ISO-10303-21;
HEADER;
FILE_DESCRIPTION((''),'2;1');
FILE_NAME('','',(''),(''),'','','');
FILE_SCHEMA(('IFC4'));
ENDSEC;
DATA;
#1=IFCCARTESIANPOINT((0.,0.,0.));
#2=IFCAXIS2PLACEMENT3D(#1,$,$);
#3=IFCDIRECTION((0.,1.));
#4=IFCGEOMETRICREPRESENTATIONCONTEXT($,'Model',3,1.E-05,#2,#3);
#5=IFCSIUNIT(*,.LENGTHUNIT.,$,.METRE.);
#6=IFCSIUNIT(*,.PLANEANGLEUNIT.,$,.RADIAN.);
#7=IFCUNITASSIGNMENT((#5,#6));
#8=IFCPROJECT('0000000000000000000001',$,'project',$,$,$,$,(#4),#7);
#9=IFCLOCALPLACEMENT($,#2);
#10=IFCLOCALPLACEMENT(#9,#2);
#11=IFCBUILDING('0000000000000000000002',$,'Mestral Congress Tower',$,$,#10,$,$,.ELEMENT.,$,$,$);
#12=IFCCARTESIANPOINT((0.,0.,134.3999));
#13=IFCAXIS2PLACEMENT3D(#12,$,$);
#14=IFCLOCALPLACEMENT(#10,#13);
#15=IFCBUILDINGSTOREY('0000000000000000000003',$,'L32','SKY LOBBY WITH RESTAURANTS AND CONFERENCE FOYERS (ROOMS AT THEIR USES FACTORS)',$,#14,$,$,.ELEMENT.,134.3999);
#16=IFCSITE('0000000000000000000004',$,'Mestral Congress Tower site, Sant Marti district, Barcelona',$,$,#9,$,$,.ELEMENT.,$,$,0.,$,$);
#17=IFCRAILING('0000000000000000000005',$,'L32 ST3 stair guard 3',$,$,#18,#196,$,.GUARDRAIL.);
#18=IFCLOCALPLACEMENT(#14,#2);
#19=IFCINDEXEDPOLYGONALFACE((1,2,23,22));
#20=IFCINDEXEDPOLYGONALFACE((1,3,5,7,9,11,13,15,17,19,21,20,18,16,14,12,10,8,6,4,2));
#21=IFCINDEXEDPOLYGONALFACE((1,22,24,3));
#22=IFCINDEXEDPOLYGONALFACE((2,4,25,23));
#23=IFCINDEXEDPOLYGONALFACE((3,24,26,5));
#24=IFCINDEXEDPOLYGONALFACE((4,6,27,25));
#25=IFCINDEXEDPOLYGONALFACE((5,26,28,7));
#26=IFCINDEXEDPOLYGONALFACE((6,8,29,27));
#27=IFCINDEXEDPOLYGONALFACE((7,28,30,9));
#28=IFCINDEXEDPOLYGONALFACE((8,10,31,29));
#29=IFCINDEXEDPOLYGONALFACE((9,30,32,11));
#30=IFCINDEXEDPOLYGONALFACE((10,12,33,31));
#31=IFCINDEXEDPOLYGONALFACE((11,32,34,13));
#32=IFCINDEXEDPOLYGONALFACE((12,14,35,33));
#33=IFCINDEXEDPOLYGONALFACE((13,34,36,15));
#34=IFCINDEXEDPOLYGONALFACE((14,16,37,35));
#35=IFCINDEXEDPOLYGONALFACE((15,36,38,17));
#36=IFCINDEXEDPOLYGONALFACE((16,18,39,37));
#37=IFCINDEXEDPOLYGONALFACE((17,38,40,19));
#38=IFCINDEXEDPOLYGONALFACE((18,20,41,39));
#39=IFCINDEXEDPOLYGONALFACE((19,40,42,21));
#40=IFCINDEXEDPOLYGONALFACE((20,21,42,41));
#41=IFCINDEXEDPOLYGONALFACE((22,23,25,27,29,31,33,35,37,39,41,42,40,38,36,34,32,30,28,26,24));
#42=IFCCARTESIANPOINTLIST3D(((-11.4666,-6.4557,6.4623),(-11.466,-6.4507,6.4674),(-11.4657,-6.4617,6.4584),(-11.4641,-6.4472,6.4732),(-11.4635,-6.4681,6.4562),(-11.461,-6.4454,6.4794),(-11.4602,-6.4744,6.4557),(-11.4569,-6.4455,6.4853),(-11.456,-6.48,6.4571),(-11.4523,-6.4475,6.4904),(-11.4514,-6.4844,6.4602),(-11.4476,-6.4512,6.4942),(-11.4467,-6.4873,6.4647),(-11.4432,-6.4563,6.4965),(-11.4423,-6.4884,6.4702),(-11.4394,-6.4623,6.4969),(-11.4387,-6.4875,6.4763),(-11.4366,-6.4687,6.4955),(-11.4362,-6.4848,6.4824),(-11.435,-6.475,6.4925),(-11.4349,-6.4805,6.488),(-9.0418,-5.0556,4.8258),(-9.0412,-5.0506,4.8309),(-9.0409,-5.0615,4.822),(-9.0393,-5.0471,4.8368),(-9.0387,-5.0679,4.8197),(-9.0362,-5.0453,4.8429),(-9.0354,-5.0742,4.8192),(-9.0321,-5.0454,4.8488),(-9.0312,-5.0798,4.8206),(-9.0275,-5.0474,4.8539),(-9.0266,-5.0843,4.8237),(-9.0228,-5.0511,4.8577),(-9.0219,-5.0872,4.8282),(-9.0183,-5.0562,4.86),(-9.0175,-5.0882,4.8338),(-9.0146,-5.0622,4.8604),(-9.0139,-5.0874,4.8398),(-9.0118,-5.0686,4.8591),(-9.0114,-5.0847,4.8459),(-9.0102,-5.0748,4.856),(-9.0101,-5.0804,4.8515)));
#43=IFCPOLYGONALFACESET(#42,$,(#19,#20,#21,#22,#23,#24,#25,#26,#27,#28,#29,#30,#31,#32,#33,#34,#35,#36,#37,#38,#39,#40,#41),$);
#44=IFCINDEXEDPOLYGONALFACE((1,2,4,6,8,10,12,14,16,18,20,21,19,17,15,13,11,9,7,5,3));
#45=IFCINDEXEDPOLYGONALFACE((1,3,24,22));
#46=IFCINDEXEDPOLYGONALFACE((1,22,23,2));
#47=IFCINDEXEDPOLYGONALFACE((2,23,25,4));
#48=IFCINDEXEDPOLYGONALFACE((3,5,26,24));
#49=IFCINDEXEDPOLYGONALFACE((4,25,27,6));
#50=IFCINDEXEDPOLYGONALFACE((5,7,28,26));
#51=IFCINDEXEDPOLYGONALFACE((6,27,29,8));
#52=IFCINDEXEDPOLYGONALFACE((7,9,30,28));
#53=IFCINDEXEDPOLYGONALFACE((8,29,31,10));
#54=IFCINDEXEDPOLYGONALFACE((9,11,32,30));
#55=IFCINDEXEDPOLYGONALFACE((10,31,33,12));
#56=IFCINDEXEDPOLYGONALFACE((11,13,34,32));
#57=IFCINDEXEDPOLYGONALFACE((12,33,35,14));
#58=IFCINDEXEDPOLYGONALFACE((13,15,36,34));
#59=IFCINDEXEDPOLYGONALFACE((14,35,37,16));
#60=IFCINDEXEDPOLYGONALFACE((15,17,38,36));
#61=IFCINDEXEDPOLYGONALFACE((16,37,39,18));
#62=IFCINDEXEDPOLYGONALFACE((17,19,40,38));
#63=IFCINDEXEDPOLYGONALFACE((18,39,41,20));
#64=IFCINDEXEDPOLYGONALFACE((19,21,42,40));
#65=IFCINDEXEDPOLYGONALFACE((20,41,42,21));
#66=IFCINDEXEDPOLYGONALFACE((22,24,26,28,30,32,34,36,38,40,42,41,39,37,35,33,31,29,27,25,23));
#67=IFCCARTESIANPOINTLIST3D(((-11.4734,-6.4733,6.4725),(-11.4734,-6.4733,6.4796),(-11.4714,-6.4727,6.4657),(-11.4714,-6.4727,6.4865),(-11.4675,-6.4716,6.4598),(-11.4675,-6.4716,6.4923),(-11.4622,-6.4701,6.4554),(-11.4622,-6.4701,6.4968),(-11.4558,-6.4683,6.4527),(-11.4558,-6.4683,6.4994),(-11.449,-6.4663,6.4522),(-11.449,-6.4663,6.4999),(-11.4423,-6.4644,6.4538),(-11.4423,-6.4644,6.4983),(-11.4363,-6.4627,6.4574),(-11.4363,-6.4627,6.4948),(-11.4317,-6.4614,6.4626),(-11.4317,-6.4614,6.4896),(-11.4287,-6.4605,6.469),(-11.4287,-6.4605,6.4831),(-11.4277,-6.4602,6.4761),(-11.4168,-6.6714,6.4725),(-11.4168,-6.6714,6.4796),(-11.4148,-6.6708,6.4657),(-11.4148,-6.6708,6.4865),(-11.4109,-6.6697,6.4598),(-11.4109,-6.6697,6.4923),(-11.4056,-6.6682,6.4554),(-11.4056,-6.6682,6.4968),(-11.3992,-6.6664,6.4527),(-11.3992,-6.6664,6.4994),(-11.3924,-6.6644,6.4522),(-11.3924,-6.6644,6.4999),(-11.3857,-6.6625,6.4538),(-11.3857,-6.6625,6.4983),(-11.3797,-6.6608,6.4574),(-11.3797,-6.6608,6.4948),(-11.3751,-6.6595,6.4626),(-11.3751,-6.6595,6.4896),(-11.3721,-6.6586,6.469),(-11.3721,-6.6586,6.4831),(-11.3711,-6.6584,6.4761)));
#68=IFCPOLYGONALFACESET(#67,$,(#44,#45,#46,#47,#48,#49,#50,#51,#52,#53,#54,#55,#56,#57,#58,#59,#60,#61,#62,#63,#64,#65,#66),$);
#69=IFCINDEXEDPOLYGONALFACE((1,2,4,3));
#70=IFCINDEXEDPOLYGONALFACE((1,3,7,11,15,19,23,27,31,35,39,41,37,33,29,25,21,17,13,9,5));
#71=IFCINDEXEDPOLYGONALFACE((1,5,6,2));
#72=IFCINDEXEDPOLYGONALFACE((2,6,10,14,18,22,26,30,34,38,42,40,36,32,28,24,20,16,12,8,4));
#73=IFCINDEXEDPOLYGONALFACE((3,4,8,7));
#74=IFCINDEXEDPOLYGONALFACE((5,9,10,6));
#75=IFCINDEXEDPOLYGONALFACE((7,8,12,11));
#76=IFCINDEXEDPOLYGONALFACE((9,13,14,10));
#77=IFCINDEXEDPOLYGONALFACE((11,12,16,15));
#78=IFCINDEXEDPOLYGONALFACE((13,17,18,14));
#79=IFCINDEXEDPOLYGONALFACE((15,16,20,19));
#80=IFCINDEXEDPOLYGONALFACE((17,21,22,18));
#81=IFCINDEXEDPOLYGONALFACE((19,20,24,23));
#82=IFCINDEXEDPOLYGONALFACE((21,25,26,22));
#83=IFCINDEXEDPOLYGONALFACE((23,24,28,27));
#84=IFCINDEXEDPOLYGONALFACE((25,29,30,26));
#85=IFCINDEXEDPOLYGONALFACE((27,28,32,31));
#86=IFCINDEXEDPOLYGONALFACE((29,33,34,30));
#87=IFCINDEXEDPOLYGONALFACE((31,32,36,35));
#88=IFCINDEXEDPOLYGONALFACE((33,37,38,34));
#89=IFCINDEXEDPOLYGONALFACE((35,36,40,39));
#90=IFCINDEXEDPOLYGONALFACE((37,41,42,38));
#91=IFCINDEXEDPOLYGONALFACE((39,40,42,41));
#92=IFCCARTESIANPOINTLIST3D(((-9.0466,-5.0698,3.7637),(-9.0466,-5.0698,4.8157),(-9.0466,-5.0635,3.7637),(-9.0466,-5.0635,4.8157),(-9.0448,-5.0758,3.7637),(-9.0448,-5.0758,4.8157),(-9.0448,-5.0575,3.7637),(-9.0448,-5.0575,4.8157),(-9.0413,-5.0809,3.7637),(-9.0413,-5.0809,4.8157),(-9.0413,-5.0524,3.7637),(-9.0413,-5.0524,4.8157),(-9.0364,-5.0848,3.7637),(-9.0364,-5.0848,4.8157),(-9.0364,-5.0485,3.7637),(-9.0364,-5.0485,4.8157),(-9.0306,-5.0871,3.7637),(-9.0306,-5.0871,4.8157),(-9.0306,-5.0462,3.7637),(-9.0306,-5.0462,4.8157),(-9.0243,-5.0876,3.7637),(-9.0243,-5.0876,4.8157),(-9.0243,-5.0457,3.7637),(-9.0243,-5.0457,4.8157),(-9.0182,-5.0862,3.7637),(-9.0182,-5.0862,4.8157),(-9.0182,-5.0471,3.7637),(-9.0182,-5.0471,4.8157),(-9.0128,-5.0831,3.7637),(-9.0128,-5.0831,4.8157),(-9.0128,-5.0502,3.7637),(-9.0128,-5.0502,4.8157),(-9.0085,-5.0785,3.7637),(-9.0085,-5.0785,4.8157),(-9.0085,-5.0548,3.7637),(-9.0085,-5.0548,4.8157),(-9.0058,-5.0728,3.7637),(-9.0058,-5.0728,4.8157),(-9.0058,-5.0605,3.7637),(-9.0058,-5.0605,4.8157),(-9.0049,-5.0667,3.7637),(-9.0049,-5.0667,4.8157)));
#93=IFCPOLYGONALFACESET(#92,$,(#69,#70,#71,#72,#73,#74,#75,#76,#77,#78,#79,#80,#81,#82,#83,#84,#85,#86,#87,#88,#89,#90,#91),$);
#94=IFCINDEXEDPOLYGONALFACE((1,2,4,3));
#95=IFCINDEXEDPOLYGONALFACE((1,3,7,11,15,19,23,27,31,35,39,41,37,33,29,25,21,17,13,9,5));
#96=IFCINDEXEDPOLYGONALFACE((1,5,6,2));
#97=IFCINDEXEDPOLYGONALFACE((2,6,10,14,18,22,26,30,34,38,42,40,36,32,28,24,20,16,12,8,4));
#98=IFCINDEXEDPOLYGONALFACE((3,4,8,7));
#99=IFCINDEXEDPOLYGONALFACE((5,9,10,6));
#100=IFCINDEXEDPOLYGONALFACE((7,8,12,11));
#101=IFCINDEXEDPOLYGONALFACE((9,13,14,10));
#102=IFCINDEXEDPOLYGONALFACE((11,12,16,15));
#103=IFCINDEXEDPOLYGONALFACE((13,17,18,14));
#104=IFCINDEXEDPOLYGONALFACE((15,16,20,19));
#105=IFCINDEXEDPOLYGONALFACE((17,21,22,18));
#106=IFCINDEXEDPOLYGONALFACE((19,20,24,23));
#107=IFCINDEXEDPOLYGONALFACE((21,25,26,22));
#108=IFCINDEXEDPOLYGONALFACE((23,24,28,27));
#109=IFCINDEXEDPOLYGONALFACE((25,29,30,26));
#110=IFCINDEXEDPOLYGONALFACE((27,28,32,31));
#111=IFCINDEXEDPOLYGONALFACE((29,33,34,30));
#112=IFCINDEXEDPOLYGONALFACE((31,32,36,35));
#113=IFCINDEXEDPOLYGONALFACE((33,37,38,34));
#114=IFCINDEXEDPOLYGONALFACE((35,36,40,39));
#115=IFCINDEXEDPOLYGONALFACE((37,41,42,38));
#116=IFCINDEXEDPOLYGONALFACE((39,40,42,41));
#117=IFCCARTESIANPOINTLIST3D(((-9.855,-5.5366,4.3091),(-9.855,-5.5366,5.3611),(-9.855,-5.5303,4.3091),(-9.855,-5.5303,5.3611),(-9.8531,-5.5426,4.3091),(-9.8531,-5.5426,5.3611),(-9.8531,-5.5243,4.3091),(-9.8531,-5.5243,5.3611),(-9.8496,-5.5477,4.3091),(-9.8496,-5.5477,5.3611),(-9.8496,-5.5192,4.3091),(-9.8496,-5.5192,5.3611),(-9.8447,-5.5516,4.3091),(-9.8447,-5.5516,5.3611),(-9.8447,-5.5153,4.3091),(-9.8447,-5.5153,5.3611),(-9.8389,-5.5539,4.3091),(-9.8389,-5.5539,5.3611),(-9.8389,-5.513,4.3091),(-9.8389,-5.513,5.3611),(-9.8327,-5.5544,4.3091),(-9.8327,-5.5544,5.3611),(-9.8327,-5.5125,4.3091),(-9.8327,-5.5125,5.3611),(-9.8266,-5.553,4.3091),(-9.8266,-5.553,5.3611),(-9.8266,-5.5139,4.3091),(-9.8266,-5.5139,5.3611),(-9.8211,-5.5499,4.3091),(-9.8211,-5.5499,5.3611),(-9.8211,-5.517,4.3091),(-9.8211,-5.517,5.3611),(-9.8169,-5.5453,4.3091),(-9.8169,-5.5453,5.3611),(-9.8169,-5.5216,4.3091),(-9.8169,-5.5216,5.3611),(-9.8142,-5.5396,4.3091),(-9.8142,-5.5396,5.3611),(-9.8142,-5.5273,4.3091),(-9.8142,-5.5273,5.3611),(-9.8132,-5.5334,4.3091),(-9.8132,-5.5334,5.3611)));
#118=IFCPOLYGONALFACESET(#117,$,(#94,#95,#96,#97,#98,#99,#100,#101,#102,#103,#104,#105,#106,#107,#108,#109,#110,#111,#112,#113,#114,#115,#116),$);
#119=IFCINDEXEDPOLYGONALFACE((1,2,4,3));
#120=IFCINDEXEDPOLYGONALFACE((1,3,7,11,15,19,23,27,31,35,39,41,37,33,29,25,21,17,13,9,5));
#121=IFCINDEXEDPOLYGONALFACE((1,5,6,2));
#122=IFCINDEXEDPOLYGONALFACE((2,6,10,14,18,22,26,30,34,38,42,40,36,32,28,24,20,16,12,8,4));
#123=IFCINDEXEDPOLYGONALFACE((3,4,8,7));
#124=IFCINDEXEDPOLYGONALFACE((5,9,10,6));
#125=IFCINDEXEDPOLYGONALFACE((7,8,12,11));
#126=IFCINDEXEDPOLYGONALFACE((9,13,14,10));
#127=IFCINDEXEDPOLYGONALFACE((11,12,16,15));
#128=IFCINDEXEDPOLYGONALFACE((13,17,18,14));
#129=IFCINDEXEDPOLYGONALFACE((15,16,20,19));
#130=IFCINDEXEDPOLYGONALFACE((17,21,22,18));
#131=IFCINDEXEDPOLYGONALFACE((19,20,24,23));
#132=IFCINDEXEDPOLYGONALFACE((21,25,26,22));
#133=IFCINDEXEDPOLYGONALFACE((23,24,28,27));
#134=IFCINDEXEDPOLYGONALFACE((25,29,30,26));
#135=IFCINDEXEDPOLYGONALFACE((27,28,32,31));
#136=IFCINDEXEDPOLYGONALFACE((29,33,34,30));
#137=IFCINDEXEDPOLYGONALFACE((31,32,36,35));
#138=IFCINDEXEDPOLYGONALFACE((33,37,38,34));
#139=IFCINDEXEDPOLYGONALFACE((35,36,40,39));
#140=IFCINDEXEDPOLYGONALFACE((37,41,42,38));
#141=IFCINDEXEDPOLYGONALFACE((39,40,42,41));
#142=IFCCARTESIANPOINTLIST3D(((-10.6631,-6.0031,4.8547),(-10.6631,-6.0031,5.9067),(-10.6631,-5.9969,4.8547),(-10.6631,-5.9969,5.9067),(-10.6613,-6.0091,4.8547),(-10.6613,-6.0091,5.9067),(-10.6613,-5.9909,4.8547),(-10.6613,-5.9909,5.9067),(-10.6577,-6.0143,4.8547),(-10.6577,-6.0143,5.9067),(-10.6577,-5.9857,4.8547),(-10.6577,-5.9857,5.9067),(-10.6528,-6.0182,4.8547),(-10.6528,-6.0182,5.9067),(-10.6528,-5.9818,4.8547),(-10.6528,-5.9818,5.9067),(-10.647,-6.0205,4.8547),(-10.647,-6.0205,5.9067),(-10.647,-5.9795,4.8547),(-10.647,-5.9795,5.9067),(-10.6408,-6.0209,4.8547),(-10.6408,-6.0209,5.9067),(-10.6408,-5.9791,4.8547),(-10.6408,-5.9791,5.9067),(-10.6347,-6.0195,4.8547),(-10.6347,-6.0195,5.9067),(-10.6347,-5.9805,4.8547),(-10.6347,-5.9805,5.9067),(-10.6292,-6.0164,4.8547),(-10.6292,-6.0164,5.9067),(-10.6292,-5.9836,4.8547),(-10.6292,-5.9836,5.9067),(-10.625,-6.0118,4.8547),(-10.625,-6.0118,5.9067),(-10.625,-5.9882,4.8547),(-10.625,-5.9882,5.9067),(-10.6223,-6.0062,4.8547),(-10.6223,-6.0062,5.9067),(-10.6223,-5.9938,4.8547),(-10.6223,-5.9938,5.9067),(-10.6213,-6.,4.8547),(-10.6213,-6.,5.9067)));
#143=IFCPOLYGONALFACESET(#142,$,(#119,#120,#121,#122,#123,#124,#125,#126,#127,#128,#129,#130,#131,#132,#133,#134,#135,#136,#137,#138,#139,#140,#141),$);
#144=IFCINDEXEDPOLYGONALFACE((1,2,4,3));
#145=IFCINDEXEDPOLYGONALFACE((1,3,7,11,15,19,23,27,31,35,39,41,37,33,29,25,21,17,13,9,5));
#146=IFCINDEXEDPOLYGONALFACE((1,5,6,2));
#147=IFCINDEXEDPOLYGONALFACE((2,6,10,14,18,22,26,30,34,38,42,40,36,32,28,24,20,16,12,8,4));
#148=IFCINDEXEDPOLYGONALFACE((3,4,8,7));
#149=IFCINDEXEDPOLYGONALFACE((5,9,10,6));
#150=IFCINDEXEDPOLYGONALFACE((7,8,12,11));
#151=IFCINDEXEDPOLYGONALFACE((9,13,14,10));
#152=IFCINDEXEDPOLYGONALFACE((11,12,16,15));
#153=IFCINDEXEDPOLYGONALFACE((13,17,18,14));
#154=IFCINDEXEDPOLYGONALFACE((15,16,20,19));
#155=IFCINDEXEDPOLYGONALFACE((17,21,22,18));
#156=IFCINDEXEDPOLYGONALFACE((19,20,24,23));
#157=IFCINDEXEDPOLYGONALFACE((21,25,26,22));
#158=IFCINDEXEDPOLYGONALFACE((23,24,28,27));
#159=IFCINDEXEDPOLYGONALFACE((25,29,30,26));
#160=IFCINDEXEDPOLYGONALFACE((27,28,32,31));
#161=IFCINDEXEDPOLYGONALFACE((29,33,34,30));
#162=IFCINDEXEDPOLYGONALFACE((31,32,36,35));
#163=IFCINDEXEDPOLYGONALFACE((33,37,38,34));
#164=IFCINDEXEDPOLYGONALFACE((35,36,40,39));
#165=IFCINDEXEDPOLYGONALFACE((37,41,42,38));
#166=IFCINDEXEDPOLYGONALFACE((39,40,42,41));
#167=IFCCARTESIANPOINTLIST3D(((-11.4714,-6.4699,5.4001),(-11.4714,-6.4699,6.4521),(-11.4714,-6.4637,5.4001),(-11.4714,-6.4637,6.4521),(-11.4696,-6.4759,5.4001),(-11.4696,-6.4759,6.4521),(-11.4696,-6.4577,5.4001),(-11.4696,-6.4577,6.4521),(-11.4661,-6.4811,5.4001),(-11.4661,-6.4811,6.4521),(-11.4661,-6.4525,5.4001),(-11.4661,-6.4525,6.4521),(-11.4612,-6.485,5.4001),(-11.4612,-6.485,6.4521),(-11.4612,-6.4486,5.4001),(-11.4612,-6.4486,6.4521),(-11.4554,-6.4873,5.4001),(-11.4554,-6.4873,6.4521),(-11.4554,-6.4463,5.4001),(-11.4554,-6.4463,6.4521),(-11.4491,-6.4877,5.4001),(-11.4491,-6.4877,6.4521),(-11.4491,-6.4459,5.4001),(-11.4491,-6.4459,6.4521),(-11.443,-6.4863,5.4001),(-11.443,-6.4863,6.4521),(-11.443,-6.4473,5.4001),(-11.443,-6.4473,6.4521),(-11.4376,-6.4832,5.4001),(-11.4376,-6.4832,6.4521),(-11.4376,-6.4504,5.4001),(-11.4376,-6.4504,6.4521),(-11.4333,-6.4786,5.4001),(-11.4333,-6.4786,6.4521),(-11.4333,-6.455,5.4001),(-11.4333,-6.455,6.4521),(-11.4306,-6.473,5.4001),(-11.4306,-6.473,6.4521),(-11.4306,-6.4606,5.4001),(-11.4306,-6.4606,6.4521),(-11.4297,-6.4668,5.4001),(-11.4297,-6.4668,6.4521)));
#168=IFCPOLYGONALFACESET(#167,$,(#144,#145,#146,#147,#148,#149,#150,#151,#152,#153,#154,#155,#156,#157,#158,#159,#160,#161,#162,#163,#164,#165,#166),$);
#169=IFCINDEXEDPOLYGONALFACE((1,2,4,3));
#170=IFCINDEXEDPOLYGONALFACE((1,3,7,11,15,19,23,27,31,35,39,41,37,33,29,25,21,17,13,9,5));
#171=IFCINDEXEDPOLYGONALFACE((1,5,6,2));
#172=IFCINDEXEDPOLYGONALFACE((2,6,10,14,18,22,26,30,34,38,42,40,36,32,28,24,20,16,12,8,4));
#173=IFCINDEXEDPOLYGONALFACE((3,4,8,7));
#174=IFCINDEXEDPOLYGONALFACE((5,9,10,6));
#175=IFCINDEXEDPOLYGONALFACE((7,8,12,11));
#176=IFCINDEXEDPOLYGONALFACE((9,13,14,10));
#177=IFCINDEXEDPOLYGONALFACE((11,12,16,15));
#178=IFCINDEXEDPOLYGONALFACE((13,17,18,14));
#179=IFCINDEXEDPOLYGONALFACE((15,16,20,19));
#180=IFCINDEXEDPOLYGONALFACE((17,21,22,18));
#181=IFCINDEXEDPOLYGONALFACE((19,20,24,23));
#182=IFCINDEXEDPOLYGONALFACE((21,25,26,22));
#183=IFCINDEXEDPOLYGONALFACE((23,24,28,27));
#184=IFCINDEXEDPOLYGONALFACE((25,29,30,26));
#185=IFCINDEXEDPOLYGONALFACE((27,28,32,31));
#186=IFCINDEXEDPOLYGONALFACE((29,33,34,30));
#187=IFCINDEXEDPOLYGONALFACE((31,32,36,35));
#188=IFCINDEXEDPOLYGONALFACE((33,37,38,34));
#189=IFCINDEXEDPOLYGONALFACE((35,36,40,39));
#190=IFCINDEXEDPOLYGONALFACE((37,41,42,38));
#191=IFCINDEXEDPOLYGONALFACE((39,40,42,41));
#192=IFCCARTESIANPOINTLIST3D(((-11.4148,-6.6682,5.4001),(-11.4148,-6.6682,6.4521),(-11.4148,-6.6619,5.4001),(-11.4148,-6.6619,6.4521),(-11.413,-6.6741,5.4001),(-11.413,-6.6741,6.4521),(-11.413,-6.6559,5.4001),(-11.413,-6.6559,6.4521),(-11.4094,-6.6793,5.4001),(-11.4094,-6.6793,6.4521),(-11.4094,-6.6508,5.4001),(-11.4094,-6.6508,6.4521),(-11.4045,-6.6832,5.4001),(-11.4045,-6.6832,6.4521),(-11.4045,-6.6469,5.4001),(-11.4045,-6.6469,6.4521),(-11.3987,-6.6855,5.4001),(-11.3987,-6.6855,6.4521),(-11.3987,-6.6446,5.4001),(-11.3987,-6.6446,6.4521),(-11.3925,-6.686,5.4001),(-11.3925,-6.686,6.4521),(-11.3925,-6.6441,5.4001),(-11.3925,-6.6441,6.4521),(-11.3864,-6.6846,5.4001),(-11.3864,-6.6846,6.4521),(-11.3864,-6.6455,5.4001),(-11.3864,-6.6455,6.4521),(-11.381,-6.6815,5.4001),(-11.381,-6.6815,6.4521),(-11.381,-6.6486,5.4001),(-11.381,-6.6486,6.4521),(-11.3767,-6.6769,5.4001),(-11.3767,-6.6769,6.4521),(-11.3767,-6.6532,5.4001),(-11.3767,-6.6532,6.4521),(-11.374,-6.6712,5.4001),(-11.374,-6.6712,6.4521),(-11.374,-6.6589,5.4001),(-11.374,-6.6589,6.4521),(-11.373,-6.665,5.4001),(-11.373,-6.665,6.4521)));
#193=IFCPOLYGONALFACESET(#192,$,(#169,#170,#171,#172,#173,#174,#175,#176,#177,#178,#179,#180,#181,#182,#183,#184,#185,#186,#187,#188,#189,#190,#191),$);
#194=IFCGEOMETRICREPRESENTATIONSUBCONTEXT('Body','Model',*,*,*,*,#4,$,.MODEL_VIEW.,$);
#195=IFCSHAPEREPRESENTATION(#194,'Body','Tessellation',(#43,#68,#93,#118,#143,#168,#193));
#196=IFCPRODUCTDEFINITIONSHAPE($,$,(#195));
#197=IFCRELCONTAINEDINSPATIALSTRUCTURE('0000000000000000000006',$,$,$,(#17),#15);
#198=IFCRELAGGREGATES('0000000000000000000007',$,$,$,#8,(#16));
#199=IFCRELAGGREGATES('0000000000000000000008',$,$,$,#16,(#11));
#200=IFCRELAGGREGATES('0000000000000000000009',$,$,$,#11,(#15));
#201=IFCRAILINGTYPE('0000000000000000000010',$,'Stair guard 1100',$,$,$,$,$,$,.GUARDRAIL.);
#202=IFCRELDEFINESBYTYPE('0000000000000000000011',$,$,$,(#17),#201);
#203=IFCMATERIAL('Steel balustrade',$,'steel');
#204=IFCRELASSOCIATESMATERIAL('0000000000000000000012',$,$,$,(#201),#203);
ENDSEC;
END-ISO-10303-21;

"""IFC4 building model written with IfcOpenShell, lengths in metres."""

from ifc_helpers import new_model, si_unit, direction, frame, origin, origin_2d, place, context, subcontext, project, spatial, circle, extrude, material, type_object, element, save


model = new_model("IFC4")

# Units and contexts
model_context = context("Model", 3, precision=1e-05, world=origin(), true_north=direction((0.0, 1.0)))
body_context = subcontext(model_context, "Body", "Model", "MODEL_VIEW")
ifc_project = project(units=[si_unit("LENGTHUNIT", "METRE"), si_unit("PLANEANGLEUNIT", "RADIAN")], contexts=[model_context])

# Site, building, storey
site_placement = place(None, origin())
site = spatial("IfcSite", under=ifc_project, at=site_placement, Name="Mestral Congress Tower site, Sant Marti district, Barcelona", CompositionType="ELEMENT", RefElevation=0.0)
building_placement = place(site_placement, origin())
building = spatial("IfcBuilding", under=site, at=building_placement, Name="Mestral Congress Tower", CompositionType="ELEMENT")
storey_placement = place(building_placement, frame((0.0, 0.0, 134.3999)))
storey = spatial("IfcBuildingStorey", under=building, at=storey_placement, Name="L32", Description="SKY LOBBY WITH RESTAURANTS AND CONFERENCE FOYERS (ROOMS AT THEIR USES FACTORS)", CompositionType="ELEMENT", Elevation=134.3999)

# Railing
ifc_material_1 = material(Name="Steel balustrade", Category="steel")
railing_type_1 = type_object("IfcRailingType", Name="Stair guard 1100", PredefinedType="GUARDRAIL", material=ifc_material_1)
railing_1_placement = place(storey_placement, frame((-9.0259, -5.0667, 3.7637)))
element("IfcRailing", 1, at=railing_1_placement, inside=storey, type_object=railing_type_1, Name="L32 ST3 stair guard 3", PredefinedType="GUARDRAIL", context=body_context, shape_type="SweptSolid", body=[
    extrude(circle(Radius=0.0239, at=origin_2d()), frame((0.0, 0.0, 1.0762), z_axis=(-0.747666, -0.431722, 0.504591), x_axis=(0.50005, -0.865997, 0.0)), (0.0, 0.0, 1.0), 3.2432),
    extrude(circle(Radius=0.0239, at=origin_2d()), frame((-2.4248, -1.4001, 2.7124), z_axis=(0.274721, -0.961524, 0.0), x_axis=(0.961524, 0.274721, 0.0)), (0.0, 0.0, 1.0), 0.2061),
    extrude(circle(Radius=0.021, at=origin_2d()), origin(), (0.0, 0.0, 1.0), 1.052),
    extrude(circle(Radius=0.021, at=origin_2d()), frame((-0.8083, -0.4668, 0.5454)), (0.0, 0.0, 1.0), 1.052),
    extrude(circle(Radius=0.021, at=origin_2d()), frame((-1.6165, -0.9333, 1.0911)), (0.0, 0.0, 1.0), 1.052),
    extrude(circle(Radius=0.021, at=origin_2d()), frame((-2.4248, -1.4001, 1.6365)), (0.0, 0.0, 1.0), 1.052),
    extrude(circle(Radius=0.021, at=origin_2d()), frame((-2.3682, -1.5984, 1.6365)), (0.0, 0.0, 1.0), 1.052),
])

save(model, "model.ifc")
